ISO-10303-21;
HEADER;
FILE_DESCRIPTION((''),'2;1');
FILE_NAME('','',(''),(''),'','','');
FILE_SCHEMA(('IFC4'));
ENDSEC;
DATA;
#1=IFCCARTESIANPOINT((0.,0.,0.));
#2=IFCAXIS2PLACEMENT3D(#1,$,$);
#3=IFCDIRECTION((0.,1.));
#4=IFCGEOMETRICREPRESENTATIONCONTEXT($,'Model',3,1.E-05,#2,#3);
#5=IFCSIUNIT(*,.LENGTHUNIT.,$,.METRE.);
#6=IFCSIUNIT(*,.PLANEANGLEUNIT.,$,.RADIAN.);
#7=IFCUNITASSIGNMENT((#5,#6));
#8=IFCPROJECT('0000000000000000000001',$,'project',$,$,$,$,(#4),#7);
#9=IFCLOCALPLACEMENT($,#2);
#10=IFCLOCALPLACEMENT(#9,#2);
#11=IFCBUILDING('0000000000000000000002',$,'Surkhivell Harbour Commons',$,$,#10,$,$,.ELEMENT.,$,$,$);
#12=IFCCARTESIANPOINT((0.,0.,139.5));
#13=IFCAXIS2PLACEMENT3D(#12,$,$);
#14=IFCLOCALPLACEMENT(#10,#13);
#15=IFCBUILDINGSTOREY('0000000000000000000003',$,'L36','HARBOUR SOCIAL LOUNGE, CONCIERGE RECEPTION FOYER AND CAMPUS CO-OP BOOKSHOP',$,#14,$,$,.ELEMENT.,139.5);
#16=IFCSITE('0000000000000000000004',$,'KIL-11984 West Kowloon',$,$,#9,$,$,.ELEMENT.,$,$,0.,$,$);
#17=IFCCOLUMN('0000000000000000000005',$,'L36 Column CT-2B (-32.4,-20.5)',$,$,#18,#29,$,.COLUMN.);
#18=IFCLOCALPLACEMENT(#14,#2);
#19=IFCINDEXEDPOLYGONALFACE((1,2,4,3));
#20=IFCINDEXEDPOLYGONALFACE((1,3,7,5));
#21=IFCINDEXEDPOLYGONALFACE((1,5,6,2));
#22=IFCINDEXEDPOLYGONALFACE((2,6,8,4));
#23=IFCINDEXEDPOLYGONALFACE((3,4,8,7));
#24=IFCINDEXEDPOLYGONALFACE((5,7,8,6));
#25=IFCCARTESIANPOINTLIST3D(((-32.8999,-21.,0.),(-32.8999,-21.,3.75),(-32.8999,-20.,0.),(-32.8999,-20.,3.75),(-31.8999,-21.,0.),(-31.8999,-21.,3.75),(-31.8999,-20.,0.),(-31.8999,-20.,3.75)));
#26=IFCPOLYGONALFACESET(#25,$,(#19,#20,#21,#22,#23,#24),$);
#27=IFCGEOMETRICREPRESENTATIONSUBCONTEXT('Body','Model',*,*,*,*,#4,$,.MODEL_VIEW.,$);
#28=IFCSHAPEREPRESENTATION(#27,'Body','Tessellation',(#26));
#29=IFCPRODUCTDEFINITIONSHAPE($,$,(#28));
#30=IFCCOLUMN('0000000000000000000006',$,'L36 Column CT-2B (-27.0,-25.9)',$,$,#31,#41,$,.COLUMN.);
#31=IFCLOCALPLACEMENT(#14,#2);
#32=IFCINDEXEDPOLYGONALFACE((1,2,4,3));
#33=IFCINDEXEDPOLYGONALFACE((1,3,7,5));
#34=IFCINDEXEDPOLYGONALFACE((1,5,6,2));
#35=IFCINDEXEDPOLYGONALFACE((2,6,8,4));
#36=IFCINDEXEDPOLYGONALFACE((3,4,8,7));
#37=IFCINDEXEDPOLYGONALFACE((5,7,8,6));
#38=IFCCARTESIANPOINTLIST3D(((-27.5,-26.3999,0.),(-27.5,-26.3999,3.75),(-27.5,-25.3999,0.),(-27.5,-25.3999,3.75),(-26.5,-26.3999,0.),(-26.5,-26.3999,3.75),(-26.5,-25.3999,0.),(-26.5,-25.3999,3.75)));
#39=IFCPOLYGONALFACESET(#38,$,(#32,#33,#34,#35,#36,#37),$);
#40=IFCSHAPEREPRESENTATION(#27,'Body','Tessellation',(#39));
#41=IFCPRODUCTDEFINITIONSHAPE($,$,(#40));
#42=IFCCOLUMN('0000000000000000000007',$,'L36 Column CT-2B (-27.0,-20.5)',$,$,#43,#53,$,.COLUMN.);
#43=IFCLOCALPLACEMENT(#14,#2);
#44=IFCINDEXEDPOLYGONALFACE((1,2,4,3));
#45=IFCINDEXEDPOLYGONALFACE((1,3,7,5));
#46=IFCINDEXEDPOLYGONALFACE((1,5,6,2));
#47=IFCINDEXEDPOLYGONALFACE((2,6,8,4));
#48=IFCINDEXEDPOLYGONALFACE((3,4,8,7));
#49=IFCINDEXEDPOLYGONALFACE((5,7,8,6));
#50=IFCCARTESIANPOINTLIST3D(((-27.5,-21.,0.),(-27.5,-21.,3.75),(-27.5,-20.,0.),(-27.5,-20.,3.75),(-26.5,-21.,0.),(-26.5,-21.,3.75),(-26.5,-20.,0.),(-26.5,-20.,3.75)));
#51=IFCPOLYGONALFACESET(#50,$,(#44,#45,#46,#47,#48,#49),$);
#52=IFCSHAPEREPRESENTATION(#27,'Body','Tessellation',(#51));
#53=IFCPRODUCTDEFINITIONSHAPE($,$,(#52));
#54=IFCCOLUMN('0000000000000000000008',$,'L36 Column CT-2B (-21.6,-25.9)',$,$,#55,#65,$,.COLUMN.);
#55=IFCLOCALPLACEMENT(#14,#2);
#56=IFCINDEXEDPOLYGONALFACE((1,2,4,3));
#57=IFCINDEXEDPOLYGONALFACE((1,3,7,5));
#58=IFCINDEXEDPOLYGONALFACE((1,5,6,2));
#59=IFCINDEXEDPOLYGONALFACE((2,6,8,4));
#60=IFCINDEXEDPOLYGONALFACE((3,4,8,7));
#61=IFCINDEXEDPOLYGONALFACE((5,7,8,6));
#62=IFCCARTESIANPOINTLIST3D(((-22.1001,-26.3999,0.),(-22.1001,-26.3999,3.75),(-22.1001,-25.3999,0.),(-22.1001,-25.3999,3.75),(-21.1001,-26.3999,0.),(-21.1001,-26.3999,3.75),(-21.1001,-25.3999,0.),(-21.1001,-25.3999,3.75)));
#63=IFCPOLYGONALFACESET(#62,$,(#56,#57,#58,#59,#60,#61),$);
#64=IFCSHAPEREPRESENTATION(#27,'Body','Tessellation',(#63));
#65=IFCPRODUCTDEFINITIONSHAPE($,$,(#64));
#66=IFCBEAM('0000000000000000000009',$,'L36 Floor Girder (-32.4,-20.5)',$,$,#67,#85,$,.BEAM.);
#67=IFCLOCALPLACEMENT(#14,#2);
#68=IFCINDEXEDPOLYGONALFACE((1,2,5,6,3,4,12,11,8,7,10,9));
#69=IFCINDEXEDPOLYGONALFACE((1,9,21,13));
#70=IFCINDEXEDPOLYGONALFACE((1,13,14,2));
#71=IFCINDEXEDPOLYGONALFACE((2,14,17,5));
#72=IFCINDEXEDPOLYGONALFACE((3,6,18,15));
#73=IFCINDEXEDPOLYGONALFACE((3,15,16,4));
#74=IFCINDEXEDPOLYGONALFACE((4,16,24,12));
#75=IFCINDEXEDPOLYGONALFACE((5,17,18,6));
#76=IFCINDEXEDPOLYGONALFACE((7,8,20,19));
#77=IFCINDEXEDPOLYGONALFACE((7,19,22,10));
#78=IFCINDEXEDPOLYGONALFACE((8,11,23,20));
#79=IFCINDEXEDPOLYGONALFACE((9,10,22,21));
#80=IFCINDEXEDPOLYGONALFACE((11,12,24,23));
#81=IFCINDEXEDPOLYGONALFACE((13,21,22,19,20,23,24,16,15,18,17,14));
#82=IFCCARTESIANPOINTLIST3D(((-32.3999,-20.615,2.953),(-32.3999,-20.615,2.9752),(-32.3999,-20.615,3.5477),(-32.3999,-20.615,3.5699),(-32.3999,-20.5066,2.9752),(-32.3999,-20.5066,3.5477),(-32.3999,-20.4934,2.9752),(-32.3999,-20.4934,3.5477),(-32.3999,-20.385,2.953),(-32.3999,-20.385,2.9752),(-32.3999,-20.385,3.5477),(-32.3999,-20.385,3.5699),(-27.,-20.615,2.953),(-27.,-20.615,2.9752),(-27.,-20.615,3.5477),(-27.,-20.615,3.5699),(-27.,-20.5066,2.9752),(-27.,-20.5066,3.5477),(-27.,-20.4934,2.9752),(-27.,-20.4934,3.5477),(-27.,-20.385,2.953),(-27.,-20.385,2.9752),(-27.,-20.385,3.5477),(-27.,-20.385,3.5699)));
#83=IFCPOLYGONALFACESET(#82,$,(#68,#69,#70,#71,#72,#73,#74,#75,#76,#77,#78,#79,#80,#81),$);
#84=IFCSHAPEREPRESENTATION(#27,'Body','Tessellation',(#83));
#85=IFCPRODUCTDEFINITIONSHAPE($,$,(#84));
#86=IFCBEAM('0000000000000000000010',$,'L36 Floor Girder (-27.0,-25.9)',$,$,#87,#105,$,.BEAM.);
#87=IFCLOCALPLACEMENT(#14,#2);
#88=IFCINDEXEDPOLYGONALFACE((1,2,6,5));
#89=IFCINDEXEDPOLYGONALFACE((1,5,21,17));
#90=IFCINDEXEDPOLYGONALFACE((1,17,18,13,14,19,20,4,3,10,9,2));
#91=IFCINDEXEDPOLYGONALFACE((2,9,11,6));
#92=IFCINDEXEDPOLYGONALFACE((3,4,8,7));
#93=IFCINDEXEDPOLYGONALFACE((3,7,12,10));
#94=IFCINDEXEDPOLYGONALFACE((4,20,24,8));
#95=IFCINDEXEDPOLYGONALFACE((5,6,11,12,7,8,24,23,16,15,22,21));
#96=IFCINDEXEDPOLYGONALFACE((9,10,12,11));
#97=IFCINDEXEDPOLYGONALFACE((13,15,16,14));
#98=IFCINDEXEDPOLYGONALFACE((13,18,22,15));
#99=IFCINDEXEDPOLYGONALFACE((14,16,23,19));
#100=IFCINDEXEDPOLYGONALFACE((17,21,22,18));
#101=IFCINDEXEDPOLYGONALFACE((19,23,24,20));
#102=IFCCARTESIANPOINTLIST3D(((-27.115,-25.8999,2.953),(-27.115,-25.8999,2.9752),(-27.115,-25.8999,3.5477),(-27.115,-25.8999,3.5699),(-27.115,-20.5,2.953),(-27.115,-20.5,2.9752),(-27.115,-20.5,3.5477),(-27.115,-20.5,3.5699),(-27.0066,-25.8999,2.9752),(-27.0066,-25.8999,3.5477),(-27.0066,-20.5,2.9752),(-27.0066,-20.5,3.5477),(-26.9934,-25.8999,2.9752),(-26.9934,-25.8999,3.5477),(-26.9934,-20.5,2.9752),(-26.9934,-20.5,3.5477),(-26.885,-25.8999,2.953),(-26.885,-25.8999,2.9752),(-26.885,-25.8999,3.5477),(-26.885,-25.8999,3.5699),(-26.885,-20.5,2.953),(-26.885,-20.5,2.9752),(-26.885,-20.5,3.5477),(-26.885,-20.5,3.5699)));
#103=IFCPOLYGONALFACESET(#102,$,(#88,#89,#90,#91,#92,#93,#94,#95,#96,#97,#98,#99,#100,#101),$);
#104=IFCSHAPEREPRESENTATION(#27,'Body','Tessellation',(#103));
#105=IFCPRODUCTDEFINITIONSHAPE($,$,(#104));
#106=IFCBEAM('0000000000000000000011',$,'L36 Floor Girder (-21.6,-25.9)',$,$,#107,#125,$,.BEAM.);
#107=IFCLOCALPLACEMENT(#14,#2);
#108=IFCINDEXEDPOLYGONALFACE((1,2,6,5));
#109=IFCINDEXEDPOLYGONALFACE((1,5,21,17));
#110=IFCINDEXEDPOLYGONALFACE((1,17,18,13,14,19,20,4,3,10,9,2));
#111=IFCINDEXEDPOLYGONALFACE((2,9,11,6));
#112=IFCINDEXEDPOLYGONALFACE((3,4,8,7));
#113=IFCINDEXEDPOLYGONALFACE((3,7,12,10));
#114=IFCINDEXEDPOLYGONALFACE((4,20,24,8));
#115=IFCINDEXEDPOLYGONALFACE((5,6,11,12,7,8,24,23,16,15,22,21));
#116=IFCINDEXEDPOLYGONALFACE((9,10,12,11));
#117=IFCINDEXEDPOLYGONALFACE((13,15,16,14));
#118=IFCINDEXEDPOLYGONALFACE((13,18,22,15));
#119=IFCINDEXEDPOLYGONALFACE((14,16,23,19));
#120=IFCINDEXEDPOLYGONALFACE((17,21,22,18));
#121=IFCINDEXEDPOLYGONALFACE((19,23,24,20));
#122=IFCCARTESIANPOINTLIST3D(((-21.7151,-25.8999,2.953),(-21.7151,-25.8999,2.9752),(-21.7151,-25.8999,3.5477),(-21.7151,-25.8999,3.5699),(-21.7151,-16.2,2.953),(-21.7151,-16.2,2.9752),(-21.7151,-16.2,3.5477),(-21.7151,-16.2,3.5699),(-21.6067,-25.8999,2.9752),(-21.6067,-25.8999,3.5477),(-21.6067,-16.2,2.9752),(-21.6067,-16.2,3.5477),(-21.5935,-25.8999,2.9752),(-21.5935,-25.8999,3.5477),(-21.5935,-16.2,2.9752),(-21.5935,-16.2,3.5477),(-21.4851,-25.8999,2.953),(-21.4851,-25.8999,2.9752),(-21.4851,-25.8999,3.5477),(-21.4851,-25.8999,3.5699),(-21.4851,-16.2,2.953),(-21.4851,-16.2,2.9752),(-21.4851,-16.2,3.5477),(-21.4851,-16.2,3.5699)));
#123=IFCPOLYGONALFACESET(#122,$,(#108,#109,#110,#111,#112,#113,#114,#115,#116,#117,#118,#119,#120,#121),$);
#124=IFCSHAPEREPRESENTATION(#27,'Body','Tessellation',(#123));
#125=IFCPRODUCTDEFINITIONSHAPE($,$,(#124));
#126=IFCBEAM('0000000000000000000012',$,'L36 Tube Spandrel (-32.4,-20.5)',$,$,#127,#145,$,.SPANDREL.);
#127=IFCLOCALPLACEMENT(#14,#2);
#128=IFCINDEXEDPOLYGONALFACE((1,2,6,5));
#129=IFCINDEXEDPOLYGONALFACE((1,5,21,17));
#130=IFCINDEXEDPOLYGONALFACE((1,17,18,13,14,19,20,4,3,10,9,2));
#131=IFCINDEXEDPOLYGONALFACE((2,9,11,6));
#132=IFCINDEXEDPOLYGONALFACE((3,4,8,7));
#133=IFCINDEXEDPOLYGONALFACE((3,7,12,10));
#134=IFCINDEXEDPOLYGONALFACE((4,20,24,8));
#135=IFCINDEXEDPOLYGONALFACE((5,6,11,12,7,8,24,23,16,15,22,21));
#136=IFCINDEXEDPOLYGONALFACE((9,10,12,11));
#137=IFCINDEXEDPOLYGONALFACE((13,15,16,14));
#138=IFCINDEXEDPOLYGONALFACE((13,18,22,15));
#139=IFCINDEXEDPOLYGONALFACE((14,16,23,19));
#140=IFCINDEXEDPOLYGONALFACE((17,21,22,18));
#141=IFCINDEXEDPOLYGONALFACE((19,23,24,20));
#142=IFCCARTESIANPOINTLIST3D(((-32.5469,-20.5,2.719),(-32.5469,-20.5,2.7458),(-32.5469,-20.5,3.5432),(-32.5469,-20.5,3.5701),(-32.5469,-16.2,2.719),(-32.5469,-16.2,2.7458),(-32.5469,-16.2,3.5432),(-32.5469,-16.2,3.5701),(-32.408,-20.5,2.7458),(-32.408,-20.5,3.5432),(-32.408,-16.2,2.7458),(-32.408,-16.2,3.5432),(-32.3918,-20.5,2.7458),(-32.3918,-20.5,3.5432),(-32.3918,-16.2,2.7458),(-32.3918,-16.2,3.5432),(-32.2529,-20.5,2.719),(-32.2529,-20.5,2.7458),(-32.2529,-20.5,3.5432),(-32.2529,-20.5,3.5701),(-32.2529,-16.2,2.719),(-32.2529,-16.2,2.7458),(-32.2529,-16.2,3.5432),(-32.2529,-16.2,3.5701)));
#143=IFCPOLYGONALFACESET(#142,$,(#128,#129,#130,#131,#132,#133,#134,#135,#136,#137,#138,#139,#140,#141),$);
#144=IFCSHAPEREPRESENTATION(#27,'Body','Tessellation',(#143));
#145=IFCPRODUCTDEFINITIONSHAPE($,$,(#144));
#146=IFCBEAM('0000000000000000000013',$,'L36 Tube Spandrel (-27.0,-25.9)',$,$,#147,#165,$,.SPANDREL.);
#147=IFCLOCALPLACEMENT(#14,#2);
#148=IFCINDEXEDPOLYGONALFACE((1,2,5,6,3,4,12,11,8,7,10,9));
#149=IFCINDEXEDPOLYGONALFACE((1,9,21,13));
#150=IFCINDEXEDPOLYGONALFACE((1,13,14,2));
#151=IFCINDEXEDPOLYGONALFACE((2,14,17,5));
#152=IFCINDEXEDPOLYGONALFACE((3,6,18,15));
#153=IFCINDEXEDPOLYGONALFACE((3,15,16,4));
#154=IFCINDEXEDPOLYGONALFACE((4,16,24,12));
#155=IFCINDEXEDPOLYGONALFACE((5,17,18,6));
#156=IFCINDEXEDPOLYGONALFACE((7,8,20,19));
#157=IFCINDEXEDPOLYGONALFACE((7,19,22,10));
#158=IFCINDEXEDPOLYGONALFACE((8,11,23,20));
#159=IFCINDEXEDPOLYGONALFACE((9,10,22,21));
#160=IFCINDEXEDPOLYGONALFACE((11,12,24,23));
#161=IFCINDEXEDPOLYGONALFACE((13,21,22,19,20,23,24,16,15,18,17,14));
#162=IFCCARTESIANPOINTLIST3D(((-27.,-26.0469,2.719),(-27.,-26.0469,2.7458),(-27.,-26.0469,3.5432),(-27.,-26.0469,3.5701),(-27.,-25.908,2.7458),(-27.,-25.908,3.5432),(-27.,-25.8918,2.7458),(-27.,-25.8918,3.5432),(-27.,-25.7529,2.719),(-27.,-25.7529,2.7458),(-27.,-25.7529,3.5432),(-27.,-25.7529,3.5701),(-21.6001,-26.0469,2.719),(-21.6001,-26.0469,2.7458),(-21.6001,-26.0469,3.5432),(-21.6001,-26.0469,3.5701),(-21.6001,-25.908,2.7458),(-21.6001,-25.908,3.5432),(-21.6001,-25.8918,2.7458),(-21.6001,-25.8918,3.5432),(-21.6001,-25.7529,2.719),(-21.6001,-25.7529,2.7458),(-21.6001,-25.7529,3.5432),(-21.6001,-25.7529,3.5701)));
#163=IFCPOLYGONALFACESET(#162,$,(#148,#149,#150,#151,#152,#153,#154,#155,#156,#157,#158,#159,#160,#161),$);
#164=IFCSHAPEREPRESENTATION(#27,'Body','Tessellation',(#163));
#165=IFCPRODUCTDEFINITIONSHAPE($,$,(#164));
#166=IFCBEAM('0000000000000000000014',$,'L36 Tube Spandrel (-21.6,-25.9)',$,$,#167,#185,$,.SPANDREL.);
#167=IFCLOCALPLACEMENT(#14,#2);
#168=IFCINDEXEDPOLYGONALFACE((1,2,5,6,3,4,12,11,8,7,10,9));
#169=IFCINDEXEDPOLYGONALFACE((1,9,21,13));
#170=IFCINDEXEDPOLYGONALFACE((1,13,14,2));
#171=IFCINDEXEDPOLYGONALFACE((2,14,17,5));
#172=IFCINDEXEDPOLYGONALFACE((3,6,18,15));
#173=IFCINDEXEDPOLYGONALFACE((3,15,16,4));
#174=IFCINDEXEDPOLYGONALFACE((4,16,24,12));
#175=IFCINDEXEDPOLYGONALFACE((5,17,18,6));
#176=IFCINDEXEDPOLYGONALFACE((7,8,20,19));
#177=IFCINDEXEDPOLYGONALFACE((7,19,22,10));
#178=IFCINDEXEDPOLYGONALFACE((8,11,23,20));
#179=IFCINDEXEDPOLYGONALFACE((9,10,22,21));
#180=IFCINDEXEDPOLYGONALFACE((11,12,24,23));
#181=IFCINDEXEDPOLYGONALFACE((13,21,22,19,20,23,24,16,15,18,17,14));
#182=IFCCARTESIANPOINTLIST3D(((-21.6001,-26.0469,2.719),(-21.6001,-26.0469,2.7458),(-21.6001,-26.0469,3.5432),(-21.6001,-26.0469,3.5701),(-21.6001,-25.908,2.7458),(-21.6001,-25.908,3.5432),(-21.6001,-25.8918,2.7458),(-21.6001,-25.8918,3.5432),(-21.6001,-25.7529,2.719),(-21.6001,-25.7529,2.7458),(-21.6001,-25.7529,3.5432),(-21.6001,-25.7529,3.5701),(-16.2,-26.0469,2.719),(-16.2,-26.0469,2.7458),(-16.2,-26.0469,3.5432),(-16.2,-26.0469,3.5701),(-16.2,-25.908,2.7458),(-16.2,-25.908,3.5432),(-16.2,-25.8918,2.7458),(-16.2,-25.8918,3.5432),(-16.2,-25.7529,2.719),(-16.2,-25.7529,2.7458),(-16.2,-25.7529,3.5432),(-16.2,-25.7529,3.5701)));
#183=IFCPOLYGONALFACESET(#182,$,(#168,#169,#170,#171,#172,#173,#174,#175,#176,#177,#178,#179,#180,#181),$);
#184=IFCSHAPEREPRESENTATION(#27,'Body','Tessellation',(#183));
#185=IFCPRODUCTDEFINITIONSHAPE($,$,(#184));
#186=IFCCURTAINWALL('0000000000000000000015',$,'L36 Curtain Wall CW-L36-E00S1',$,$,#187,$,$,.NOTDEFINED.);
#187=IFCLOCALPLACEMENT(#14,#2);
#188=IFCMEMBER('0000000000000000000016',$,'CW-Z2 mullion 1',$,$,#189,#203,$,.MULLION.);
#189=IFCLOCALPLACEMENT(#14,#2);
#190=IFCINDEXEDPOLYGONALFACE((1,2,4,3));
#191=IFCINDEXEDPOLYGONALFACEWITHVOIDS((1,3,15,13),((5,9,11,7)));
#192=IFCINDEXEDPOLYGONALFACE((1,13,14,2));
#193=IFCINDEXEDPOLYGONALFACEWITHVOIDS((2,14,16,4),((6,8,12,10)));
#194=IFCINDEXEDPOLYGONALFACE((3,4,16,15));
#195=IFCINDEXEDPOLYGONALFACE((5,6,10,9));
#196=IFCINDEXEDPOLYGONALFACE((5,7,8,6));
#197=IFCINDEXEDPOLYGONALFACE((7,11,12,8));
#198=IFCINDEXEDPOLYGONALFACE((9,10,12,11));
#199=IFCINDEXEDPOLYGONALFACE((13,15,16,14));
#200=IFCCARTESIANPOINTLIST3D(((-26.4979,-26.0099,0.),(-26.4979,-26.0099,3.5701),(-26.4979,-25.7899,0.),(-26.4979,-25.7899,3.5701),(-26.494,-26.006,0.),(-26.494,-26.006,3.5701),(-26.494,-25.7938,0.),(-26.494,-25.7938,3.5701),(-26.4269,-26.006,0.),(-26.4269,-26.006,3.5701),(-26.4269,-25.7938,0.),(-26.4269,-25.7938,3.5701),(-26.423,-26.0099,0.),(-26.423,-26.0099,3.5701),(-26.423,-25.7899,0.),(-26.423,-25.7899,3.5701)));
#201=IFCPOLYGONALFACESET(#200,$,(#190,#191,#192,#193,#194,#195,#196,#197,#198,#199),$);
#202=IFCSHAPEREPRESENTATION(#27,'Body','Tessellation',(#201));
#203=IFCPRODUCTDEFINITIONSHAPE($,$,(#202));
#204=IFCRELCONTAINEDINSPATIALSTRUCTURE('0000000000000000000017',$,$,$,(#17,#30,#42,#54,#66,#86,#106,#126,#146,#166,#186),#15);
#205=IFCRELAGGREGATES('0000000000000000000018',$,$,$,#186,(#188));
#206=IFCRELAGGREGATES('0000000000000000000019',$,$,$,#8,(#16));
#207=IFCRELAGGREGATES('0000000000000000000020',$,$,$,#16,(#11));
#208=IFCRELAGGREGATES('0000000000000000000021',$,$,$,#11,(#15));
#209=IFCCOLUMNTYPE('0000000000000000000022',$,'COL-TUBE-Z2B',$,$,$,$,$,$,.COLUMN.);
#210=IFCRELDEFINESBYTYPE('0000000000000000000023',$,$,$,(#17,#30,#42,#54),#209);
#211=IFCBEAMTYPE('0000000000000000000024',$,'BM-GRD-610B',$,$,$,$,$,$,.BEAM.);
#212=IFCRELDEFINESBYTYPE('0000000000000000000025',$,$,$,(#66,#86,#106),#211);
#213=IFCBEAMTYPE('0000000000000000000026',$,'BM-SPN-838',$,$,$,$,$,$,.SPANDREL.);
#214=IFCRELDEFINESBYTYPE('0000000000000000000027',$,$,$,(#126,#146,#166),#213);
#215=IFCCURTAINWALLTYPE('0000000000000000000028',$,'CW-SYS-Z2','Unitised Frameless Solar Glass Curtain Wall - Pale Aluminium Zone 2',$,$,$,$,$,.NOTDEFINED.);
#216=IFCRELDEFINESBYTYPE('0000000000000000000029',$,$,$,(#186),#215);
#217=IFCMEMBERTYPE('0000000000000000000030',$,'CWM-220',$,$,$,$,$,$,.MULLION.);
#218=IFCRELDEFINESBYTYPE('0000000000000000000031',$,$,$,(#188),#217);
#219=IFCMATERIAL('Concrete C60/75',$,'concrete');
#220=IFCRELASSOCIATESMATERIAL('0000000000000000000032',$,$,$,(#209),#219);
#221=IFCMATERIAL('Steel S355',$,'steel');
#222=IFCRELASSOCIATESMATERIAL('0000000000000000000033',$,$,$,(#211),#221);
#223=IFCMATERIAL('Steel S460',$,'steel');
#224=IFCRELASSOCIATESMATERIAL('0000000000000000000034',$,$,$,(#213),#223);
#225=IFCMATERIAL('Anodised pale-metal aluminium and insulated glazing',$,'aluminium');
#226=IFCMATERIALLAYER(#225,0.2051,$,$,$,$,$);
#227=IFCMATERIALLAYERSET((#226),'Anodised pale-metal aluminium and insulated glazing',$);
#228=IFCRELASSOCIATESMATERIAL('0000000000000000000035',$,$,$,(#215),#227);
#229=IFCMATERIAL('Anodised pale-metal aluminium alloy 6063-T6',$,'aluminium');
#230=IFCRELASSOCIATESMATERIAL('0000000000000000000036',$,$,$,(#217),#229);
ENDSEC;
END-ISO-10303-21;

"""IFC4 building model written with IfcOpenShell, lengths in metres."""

from ifc_helpers import new_model, si_unit, direction, frame, origin, origin_2d, place, context, subcontext, project, spatial, rectangle, hollow_rectangle, i_section, extrude, material, layer, layer_set, material_profile, profile_set, type_object, element, aggregate, save


model = new_model("IFC4")

# Units and contexts
model_context = context("Model", 3, precision=1e-05, world=origin(), true_north=direction((0.0, 1.0)))
body_context = subcontext(model_context, "Body", "Model", "MODEL_VIEW")
ifc_project = project(units=[si_unit("LENGTHUNIT", "METRE"), si_unit("PLANEANGLEUNIT", "RADIAN")], contexts=[model_context])

# Site, building, storey
site_placement = place(None, origin())
site = spatial("IfcSite", under=ifc_project, at=site_placement, Name="KIL-11984 West Kowloon", CompositionType="ELEMENT", RefElevation=0.0)
building_placement = place(site_placement, origin())
building = spatial("IfcBuilding", under=site, at=building_placement, Name="Surkhivell Harbour Commons", CompositionType="ELEMENT")
storey_placement = place(building_placement, frame((0.0, 0.0, 139.5)))
storey = spatial("IfcBuildingStorey", under=building, at=storey_placement, Name="L36", Description="HARBOUR SOCIAL LOUNGE, CONCIERGE RECEPTION FOYER AND CAMPUS CO-OP BOOKSHOP", CompositionType="ELEMENT", Elevation=139.5)

# Columns
ifc_material_1 = material(Name="Concrete C60/75", Category="concrete")
ifc_material_profile_1 = material_profile(ifc_material_1, rectangle(XDim=1.0, YDim=1.0, at=origin_2d()), Name="RC-COL-1000x1000")
ifc_profile_set_1 = profile_set([ifc_material_profile_1], Name="Concrete C60/75")
column_type = type_object("IfcColumnType", Name="COL-TUBE-Z2B", PredefinedType="COLUMN", material=ifc_profile_set_1)
for number, where, z_axis, x_axis, name in (
    (1, (-32.3999, -20.5, 0.0), (0.0, 0.0, 1.0), (1.0, 0.0, 0.0), "L36 Column CT-2B (-32.4,-20.5)"),
    (2, (-27.0, -25.8999, 0.0), (0.0, 0.0, 1.0), (1.0, 0.0, 0.0), "L36 Column CT-2B (-27.0,-25.9)"),
    (3, (-27.0, -20.5, 0.0), (0.0, 0.0, 1.0), (1.0, 0.0, 0.0), "L36 Column CT-2B (-27.0,-20.5)"),
    (4, (-21.6001, -25.8999, 0.0), (0.0, 0.0, 1.0), (1.0, 0.0, 0.0), "L36 Column CT-2B (-21.6,-25.9)"),
):
    element("IfcColumn", number, at=place(storey_placement, frame(where, z_axis=z_axis, x_axis=x_axis)), inside=storey, type_object=column_type, Name=name, PredefinedType="COLUMN", context=body_context, shape_type="SweptSolid", body=[
        extrude(rectangle(XDim=1.0, YDim=1.0, at=origin_2d()), origin(), (0.0, 0.0, 1.0), 3.75),
    ])

# Beams
ifc_material_2 = material(Name="Steel S355", Category="steel")
ifc_material_profile_2 = material_profile(ifc_material_2, i_section(OverallWidth=0.23, OverallDepth=0.6169, WebThickness=0.0132, FlangeThickness=0.0222, at=origin_2d()), Name="UB610x229x140")
ifc_profile_set_2 = profile_set([ifc_material_profile_2], Name="Steel S355")
beam_type_1 = type_object("IfcBeamType", Name="BM-GRD-610B", PredefinedType="BEAM", material=ifc_profile_set_2)
for number, where, z_axis, x_axis, name in (
    (5, (-32.3999, -20.5, 3.2615), (1.0, 0.0, 0.0), (0.0, 1.0, 0.0), "L36 Floor Girder (-32.4,-20.5)"),
    (6, (-27.0, -25.8999, 3.2615), (0.0, 1.0, 0.0), (-1.0, 0.0, 0.0), "L36 Floor Girder (-27.0,-25.9)"),
):
    element("IfcBeam", number, at=place(storey_placement, frame(where, z_axis=z_axis, x_axis=x_axis)), inside=storey, type_object=beam_type_1, Name=name, PredefinedType="BEAM", context=body_context, shape_type="SweptSolid", body=[
        extrude(i_section(OverallWidth=0.23, OverallDepth=0.6169, WebThickness=0.0132, FlangeThickness=0.0222, at=origin_2d()), origin(), (0.0, 0.0, 1.0), 5.3999),
    ])
beam_1_placement = place(storey_placement, frame((-21.6001, -25.8999, 3.2615), z_axis=(0.0, 1.0, 0.0), x_axis=(-1.0, 0.0, 0.0)))
element("IfcBeam", 7, at=beam_1_placement, inside=storey, type_object=beam_type_1, Name="L36 Floor Girder (-21.6,-25.9)", PredefinedType="BEAM", context=body_context, shape_type="SweptSolid", body=[
    extrude(i_section(OverallWidth=0.23, OverallDepth=0.6169, WebThickness=0.0132, FlangeThickness=0.0222, at=origin_2d()), origin(), (0.0, 0.0, 1.0), 9.7),
])
ifc_material_3 = material(Name="Steel S460", Category="steel")
ifc_material_profile_3 = material_profile(ifc_material_3, i_section(OverallWidth=0.2939, OverallDepth=0.8511, WebThickness=0.0161, FlangeThickness=0.0269, at=origin_2d()), Name="UB838x292x226")
ifc_profile_set_3 = profile_set([ifc_material_profile_3], Name="Steel S460")
beam_type_2 = type_object("IfcBeamType", Name="BM-SPN-838", PredefinedType="SPANDREL", material=ifc_profile_set_3)
beam_2_placement = place(storey_placement, frame((-32.3999, -20.5, 3.1445), z_axis=(0.0, 1.0, 0.0), x_axis=(-1.0, 0.0, 0.0)))
element("IfcBeam", 8, at=beam_2_placement, inside=storey, type_object=beam_type_2, Name="L36 Tube Spandrel (-32.4,-20.5)", PredefinedType="SPANDREL", context=body_context, shape_type="SweptSolid", body=[
    extrude(i_section(OverallWidth=0.2939, OverallDepth=0.8511, WebThickness=0.0161, FlangeThickness=0.0269, at=origin_2d()), origin(), (0.0, 0.0, 1.0), 4.3),
])
beam_3_placement = place(storey_placement, frame((-27.0, -25.8999, 3.1445), z_axis=(1.0, 0.0, 0.0), x_axis=(0.0, 1.0, 0.0)))
element("IfcBeam", 9, at=beam_3_placement, inside=storey, type_object=beam_type_2, Name="L36 Tube Spandrel (-27.0,-25.9)", PredefinedType="SPANDREL", context=body_context, shape_type="SweptSolid", body=[
    extrude(i_section(OverallWidth=0.2939, OverallDepth=0.8511, WebThickness=0.0161, FlangeThickness=0.0269, at=origin_2d()), origin(), (0.0, 0.0, 1.0), 5.3999),
])
beam_4_placement = place(storey_placement, frame((-21.6001, -25.8999, 3.1445), z_axis=(1.0, 0.0, 0.0), x_axis=(0.0, 1.0, 0.0)))
element("IfcBeam", 10, at=beam_4_placement, inside=storey, type_object=beam_type_2, Name="L36 Tube Spandrel (-21.6,-25.9)", PredefinedType="SPANDREL", context=body_context, shape_type="SweptSolid", body=[
    extrude(i_section(OverallWidth=0.2939, OverallDepth=0.8511, WebThickness=0.0161, FlangeThickness=0.0269, at=origin_2d()), origin(), (0.0, 0.0, 1.0), 5.4001),
])

# Curtain wall, member
ifc_material_4 = material(Name="Anodised pale-metal aluminium and insulated glazing", Category="aluminium")
ifc_layer_1 = layer(ifc_material_4, 0.2051)
ifc_layer_set_1 = layer_set([ifc_layer_1], Name="Anodised pale-metal aluminium and insulated glazing")
curtain_wall_type = type_object("IfcCurtainWallType", Name="CW-SYS-Z2", Description="Unitised Frameless Solar Glass Curtain Wall - Pale Aluminium Zone 2", PredefinedType="NOTDEFINED", material=ifc_layer_set_1)
curtain_wall_1_placement = place(storey_placement, origin())
curtain_wall_1 = element("IfcCurtainWall", 11, at=curtain_wall_1_placement, inside=storey, type_object=curtain_wall_type, Name="L36 Curtain Wall CW-L36-E00S1", PredefinedType="NOTDEFINED")
ifc_material_5 = material(Name="Anodised pale-metal aluminium alloy 6063-T6", Category="aluminium")
ifc_material_profile_4 = material_profile(ifc_material_5, hollow_rectangle(XDim=0.075, YDim=0.22, WallThickness=0.0039, at=origin_2d()), Name="ALU-MULL-75x220")
ifc_profile_set_4 = profile_set([ifc_material_profile_4], Name="Anodised pale-metal aluminium alloy 6063-T6")
member_type_1 = type_object("IfcMemberType", Name="CWM-220", PredefinedType="MULLION", material=ifc_profile_set_4)
member_1_placement = place(storey_placement, frame((-26.4604, -25.8999, 0.0), z_axis=(0.0, 0.0, 1.0), x_axis=(1.0, 0.0, 0.0)))
member_1 = element("IfcMember", 12, at=member_1_placement, type_object=member_type_1, Name="CW-Z2 mullion 1", PredefinedType="MULLION", context=body_context, shape_type="SweptSolid", body=[
    extrude(hollow_rectangle(XDim=0.075, YDim=0.22, WallThickness=0.0039, at=origin_2d()), origin(), (0.0, 0.0, 1.0), 3.5701),
])

aggregate(curtain_wall_1, [member_1])

save(model, "model.ifc")
